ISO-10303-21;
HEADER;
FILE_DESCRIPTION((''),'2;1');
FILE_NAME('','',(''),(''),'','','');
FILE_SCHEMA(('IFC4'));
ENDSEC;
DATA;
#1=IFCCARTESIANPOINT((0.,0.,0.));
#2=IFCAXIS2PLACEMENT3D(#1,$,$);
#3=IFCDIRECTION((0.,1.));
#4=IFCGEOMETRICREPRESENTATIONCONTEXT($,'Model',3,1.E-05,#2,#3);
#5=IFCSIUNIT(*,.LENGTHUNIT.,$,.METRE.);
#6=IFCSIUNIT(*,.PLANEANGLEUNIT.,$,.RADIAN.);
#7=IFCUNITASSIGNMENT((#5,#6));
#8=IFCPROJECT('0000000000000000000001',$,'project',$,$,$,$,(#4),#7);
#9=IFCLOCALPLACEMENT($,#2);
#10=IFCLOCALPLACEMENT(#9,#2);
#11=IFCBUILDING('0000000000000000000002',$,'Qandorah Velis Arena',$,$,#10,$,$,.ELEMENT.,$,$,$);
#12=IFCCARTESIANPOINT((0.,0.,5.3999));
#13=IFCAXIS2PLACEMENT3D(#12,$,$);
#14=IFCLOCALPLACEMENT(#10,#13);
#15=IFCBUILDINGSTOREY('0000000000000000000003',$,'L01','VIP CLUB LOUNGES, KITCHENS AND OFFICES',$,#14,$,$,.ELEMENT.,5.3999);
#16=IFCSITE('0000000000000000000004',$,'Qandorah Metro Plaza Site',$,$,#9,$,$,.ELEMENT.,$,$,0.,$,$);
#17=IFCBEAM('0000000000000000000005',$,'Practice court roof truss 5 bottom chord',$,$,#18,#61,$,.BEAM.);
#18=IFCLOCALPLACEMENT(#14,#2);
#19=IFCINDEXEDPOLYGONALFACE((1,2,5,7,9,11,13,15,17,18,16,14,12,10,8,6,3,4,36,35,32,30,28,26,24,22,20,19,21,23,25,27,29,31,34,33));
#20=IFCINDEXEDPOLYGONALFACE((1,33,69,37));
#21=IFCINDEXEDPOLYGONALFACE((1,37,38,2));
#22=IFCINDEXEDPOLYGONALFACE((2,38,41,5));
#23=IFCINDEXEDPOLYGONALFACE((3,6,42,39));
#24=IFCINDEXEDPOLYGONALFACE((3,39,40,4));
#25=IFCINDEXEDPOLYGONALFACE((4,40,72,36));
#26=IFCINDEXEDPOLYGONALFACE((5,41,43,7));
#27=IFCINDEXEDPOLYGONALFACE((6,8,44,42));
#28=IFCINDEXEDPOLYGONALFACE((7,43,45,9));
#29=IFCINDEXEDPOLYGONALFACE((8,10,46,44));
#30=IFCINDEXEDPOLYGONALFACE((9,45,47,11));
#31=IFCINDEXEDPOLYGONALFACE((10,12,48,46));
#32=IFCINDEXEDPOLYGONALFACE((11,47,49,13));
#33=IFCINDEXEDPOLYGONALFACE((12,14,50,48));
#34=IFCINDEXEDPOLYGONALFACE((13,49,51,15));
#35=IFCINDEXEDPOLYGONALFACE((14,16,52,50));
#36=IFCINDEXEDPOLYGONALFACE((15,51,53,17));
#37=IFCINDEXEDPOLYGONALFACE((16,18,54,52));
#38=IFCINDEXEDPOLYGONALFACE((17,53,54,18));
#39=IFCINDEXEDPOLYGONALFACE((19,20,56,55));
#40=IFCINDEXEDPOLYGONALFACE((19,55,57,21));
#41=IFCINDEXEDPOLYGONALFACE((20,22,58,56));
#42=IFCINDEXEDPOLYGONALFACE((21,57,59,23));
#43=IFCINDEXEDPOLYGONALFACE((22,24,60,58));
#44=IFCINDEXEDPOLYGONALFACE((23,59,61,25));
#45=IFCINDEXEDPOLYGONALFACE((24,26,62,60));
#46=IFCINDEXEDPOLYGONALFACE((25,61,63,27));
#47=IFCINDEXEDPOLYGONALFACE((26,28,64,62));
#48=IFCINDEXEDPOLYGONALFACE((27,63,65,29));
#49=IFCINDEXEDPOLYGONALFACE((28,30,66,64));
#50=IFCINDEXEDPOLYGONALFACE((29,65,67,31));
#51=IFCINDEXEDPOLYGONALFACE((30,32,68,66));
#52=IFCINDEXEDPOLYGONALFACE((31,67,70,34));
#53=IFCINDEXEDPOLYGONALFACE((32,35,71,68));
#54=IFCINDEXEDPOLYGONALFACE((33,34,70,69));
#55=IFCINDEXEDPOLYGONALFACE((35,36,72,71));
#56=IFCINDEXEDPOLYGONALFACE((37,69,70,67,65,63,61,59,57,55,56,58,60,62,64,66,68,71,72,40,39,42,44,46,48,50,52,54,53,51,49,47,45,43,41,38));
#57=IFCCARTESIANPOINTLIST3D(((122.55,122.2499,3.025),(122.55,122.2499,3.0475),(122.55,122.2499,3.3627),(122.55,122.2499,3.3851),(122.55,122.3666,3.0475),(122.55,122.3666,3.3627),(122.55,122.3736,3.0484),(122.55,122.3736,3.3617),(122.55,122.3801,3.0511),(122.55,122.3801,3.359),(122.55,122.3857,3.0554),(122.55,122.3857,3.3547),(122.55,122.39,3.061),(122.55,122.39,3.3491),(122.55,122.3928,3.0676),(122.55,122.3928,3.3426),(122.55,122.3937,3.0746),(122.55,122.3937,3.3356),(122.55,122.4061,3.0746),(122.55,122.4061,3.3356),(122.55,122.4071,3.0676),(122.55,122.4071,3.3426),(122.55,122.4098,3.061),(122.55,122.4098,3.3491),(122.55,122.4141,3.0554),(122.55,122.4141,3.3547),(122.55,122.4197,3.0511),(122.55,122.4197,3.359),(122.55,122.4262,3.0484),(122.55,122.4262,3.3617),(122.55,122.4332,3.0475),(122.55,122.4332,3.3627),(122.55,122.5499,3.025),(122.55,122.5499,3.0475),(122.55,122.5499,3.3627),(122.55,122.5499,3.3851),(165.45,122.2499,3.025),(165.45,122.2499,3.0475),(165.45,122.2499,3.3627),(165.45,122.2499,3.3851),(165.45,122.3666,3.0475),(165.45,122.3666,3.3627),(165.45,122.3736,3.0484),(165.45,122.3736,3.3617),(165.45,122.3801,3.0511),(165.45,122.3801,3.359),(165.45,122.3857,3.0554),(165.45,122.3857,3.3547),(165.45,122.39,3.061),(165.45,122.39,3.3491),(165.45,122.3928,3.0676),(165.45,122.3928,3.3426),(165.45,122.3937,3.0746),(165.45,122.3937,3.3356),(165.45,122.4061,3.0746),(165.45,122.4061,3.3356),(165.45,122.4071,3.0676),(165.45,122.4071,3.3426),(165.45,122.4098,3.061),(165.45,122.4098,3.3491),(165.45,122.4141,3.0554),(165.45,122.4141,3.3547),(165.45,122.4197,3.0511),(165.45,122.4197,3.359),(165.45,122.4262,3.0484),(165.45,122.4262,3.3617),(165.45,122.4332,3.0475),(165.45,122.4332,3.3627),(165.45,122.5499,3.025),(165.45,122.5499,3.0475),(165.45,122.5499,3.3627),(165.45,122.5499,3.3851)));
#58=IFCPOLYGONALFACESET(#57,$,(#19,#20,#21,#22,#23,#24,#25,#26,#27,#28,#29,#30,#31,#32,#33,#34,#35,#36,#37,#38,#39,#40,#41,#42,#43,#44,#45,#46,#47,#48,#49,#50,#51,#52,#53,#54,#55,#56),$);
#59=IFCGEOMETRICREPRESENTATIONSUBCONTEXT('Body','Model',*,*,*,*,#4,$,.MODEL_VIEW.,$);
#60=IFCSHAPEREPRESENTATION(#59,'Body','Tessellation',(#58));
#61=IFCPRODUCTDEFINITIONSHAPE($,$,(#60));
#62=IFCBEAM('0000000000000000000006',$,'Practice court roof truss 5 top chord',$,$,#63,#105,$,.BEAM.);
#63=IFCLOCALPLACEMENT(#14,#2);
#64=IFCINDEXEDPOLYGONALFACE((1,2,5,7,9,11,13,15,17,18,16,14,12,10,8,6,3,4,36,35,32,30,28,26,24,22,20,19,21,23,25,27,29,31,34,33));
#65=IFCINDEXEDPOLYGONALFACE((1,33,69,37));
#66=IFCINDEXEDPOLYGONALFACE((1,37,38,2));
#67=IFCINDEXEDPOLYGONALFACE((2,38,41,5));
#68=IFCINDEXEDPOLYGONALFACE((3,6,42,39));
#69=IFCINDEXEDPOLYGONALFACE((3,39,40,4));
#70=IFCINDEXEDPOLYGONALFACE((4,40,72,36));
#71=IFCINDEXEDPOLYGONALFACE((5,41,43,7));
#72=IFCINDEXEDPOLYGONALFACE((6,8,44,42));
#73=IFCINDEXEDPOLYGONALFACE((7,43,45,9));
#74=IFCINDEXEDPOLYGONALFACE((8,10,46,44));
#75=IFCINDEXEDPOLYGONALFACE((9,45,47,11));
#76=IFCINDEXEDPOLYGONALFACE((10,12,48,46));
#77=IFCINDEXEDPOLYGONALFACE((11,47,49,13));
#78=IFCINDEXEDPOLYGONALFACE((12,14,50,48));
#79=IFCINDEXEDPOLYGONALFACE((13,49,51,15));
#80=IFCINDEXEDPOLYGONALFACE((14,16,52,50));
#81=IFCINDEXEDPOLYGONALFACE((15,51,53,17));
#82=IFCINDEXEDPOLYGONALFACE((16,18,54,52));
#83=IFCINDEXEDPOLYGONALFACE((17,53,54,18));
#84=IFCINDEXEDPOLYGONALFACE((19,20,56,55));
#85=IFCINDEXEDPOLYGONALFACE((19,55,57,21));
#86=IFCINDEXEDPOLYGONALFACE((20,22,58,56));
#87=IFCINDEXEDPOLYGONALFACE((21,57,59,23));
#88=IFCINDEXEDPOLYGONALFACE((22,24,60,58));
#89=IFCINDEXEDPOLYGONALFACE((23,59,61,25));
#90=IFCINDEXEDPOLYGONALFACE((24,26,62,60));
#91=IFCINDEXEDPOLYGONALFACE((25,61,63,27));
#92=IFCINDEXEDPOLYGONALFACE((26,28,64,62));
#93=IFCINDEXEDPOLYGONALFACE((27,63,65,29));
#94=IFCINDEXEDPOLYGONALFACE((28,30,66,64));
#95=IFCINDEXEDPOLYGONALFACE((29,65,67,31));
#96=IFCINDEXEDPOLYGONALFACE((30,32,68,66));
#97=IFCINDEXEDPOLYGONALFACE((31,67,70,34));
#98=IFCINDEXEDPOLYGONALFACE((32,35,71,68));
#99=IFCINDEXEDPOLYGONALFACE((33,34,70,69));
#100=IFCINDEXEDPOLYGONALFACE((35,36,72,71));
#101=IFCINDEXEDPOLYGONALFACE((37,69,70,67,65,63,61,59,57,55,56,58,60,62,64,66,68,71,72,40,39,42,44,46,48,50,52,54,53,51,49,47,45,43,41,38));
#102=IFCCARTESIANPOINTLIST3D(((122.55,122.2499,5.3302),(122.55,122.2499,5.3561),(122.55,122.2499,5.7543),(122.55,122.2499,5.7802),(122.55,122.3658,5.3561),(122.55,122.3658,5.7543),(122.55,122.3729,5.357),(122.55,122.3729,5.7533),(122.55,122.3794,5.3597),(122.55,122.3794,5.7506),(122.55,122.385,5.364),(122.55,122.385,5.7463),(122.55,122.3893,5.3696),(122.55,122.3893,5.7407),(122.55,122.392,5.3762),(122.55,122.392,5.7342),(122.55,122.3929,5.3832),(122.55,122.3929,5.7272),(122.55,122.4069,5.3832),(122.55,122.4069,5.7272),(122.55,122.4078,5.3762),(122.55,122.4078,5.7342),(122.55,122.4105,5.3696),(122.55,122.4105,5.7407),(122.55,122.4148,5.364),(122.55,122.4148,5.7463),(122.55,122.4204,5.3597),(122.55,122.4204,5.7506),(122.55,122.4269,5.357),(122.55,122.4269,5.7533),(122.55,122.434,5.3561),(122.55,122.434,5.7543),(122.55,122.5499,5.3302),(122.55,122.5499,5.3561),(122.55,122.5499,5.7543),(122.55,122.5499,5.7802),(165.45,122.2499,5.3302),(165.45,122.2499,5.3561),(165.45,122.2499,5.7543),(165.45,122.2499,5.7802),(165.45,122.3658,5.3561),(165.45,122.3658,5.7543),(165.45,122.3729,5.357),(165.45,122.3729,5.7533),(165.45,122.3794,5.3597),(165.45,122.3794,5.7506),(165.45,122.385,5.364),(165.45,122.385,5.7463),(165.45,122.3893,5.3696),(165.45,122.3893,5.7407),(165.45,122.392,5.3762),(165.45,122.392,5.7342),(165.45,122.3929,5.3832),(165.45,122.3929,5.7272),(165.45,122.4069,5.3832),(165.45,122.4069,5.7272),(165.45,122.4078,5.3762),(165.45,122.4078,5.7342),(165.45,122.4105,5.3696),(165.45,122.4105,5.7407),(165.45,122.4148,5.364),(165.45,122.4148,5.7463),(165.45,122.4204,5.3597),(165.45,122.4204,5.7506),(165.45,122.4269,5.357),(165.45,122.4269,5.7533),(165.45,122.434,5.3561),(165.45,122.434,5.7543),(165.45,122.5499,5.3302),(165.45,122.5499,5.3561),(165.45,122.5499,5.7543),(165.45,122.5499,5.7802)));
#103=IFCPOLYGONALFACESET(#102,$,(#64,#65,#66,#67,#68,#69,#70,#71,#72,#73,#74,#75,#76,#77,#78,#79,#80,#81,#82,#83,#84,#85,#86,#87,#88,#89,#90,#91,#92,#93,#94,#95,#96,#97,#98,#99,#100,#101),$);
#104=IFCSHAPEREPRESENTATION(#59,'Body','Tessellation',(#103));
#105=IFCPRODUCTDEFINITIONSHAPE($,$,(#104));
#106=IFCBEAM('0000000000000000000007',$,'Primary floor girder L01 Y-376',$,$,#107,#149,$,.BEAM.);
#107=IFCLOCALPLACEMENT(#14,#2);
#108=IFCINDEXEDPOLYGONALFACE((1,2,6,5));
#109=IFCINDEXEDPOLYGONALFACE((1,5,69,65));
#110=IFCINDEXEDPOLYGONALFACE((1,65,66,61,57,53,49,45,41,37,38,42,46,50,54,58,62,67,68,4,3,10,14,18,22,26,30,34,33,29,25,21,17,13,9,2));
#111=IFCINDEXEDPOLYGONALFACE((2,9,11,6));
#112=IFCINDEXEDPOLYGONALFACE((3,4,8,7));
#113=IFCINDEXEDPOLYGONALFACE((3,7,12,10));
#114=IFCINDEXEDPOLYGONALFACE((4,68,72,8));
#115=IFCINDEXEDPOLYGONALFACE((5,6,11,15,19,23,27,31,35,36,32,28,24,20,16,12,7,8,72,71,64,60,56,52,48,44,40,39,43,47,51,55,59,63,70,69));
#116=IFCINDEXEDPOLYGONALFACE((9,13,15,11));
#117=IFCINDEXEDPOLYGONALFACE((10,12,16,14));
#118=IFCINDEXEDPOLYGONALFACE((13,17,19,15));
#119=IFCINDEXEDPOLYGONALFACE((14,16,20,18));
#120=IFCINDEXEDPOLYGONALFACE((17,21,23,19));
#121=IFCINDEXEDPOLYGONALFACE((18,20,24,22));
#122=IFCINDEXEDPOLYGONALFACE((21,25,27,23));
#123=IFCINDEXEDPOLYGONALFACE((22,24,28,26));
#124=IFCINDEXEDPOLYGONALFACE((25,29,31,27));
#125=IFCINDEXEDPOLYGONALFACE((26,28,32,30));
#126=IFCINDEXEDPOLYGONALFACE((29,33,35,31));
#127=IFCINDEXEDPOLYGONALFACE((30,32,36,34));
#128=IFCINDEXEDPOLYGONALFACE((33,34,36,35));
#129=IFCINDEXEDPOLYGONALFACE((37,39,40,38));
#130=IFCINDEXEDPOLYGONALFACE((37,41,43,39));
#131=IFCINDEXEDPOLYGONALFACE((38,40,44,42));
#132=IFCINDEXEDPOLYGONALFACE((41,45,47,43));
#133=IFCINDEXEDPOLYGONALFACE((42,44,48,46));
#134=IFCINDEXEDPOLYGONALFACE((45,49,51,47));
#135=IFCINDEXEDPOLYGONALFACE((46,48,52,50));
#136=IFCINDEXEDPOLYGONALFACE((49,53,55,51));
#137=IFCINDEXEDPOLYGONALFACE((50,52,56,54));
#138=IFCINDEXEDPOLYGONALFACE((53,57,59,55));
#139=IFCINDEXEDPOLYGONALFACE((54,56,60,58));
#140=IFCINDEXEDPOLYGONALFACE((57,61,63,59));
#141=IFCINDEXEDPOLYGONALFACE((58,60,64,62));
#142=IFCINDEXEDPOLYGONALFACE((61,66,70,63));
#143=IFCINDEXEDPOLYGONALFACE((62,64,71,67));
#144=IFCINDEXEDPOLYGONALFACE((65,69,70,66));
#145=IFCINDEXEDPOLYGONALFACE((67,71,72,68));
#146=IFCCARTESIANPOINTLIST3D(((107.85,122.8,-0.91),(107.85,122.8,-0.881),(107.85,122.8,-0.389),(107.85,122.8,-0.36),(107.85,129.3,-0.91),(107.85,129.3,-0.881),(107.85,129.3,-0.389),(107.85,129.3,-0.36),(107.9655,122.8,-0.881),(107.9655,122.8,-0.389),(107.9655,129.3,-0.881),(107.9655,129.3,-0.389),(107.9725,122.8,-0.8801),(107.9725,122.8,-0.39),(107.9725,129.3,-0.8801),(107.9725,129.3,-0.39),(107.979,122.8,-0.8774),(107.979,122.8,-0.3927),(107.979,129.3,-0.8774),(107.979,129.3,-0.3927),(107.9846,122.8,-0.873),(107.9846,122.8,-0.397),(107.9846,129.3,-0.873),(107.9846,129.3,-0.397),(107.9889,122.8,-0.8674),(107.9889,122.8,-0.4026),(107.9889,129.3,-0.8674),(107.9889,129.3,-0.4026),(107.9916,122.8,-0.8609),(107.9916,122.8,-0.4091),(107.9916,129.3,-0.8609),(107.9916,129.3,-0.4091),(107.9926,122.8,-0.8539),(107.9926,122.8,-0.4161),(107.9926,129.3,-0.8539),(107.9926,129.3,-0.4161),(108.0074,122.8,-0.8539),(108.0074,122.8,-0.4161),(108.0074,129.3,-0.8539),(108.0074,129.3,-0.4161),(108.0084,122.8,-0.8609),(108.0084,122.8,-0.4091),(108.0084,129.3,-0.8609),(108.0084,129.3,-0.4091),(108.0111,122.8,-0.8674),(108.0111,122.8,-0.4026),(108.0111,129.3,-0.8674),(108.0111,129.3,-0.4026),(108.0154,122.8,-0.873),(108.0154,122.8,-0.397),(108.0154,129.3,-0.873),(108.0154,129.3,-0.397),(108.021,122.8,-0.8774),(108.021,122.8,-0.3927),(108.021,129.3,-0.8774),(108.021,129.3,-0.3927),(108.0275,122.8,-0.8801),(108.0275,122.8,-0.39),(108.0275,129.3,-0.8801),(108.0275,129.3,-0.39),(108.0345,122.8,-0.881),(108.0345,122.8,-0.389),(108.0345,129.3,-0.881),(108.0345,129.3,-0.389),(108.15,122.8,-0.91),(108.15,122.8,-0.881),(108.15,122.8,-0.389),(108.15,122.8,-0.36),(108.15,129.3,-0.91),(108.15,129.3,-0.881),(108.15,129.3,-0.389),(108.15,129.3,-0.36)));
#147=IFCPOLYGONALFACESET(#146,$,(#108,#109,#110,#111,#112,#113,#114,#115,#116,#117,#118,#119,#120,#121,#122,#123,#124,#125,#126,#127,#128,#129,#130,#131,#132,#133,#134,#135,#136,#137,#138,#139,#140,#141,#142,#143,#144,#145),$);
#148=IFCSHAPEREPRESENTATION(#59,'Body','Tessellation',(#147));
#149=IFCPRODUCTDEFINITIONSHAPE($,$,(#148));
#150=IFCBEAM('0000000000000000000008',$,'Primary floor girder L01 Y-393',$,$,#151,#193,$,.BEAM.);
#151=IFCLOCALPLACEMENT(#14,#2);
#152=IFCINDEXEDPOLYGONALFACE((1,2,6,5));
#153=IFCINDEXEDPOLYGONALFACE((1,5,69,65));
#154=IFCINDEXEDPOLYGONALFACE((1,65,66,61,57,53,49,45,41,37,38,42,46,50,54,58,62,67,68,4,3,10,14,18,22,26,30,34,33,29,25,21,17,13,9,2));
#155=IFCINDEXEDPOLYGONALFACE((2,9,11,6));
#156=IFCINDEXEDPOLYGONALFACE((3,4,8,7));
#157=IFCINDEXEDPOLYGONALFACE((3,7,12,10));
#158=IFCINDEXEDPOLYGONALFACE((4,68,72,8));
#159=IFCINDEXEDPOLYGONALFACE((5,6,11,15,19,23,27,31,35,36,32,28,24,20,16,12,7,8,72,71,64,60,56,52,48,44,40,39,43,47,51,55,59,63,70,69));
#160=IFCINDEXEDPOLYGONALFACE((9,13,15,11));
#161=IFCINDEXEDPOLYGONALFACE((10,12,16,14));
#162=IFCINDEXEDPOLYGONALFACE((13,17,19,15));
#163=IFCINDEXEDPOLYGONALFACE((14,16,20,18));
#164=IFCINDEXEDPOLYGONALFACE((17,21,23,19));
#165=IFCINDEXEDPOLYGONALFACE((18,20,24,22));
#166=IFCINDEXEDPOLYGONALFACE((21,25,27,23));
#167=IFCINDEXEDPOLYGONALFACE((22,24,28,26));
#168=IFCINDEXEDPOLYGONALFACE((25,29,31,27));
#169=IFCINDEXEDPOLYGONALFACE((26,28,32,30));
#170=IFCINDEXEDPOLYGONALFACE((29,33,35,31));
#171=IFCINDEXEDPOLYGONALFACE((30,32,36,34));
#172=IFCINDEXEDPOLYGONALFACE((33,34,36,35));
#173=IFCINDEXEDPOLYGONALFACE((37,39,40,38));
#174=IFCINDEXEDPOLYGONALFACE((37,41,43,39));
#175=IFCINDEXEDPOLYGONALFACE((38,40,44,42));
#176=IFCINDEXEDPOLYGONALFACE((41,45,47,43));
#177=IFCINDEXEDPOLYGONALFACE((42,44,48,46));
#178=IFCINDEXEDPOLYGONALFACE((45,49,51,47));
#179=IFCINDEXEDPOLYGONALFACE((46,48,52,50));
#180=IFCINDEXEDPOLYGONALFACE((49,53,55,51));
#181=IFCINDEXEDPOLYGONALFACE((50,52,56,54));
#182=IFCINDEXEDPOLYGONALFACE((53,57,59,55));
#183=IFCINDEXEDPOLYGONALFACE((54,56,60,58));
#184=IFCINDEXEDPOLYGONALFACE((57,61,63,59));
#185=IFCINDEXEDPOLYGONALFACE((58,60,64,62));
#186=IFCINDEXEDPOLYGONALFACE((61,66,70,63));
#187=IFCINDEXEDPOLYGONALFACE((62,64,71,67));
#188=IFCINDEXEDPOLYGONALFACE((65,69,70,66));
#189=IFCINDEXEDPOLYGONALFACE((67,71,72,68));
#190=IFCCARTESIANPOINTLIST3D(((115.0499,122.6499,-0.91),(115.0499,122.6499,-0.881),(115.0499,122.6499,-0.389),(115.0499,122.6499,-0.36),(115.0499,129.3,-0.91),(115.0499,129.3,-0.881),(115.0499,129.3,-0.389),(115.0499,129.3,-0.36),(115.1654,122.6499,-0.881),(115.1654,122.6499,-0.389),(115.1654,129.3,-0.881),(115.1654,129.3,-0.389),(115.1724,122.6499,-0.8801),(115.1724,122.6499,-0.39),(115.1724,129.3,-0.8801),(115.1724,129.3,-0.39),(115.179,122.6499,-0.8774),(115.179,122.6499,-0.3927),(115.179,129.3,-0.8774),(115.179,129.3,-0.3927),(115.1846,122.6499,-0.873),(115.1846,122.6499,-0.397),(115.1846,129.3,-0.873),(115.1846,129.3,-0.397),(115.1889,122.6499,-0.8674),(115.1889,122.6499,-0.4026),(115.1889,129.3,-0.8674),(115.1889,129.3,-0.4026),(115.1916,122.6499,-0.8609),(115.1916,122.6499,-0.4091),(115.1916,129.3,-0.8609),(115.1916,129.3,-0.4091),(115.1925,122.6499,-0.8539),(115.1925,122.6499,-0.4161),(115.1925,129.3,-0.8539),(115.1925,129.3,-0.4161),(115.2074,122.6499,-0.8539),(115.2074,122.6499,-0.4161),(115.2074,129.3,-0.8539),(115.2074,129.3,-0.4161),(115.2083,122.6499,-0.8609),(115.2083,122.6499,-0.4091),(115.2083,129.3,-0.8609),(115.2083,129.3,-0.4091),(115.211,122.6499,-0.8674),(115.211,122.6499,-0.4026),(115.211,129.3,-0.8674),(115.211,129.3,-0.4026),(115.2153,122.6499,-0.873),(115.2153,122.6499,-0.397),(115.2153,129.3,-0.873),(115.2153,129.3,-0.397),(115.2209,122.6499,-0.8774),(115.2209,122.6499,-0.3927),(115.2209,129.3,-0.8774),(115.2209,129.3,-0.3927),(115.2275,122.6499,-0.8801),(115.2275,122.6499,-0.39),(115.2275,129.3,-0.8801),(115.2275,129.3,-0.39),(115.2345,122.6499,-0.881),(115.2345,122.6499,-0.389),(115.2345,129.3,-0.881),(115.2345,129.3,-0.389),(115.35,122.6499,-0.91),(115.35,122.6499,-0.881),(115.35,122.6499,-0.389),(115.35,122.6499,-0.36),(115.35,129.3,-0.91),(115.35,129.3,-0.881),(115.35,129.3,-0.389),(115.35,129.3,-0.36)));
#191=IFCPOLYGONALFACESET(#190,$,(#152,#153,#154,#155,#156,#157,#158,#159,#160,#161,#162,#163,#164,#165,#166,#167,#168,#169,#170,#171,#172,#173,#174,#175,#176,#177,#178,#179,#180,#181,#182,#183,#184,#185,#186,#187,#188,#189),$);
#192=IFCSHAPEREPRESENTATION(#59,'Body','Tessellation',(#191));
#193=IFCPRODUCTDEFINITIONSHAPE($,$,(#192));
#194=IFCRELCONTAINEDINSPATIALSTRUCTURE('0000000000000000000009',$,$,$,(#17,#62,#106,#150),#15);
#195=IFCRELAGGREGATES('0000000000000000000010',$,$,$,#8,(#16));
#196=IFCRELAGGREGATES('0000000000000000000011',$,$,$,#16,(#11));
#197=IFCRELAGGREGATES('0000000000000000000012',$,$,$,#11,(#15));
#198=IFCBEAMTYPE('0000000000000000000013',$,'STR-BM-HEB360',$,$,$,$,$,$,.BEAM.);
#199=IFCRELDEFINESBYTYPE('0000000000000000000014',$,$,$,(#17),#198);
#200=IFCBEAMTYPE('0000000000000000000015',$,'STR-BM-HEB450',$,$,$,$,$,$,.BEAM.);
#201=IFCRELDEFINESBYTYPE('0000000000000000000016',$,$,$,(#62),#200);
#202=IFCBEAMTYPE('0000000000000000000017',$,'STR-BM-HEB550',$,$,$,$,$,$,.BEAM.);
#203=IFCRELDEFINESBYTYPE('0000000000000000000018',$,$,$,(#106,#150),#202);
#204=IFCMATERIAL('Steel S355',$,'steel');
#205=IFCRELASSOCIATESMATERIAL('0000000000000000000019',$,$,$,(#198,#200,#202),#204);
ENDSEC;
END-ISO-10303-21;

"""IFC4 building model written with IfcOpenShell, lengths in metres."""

from ifc_helpers import new_model, si_unit, direction, frame, origin, origin_2d, place, context, subcontext, project, spatial, i_section, extrude, material, material_profile, profile_set, type_object, element, save


model = new_model("IFC4")

# Units and contexts
model_context = context("Model", 3, precision=1e-05, world=origin(), true_north=direction((0.0, 1.0)))
body_context = subcontext(model_context, "Body", "Model", "MODEL_VIEW")
ifc_project = project(units=[si_unit("LENGTHUNIT", "METRE"), si_unit("PLANEANGLEUNIT", "RADIAN")], contexts=[model_context])

# Site, building, storey
site_placement = place(None, origin())
site = spatial("IfcSite", under=ifc_project, at=site_placement, Name="Qandorah Metro Plaza Site", CompositionType="ELEMENT", RefElevation=0.0)
building_placement = place(site_placement, origin())
building = spatial("IfcBuilding", under=site, at=building_placement, Name="Qandorah Velis Arena", CompositionType="ELEMENT")
storey_placement = place(building_placement, frame((0.0, 0.0, 5.3999)))
storey = spatial("IfcBuildingStorey", under=building, at=storey_placement, Name="L01", Description="VIP CLUB LOUNGES, KITCHENS AND OFFICES", CompositionType="ELEMENT", Elevation=5.3999)

# Beams
ifc_material_1 = material(Name="Steel S355", Category="steel")
ifc_material_profile_1 = material_profile(ifc_material_1, i_section(OverallWidth=0.3, OverallDepth=0.3601, WebThickness=0.0125, FlangeThickness=0.0225, FilletRadius=0.0271, at=origin_2d()), Name="HEB 360")
ifc_profile_set_1 = profile_set([ifc_material_profile_1], Name="Steel S355")
beam_type_1 = type_object("IfcBeamType", Name="STR-BM-HEB360", PredefinedType="BEAM", material=ifc_profile_set_1)
beam_1_placement = place(storey_placement, frame((122.55, 122.3999, 3.2051), z_axis=(1.0, 0.0, 0.0), x_axis=(0.0, 1.0, 0.0)))
element("IfcBeam", 1, at=beam_1_placement, inside=storey, type_object=beam_type_1, Name="Practice court roof truss 5 bottom chord", PredefinedType="BEAM", context=body_context, shape_type="SweptSolid", body=[
    extrude(i_section(OverallWidth=0.3, OverallDepth=0.3601, WebThickness=0.0125, FlangeThickness=0.0225, FilletRadius=0.0271, at=origin_2d()), origin(), (0.0, 0.0, 1.0), 42.8999),
])
ifc_material_profile_2 = material_profile(ifc_material_1, i_section(OverallWidth=0.3, OverallDepth=0.45, WebThickness=0.0139, FlangeThickness=0.0259, FilletRadius=0.0271, at=origin_2d()), Name="HEB 450")
ifc_profile_set_2 = profile_set([ifc_material_profile_2], Name="Steel S355")
beam_type_2 = type_object("IfcBeamType", Name="STR-BM-HEB450", PredefinedType="BEAM", material=ifc_profile_set_2)
beam_2_placement = place(storey_placement, frame((122.55, 122.3999, 5.5552), z_axis=(1.0, 0.0, 0.0), x_axis=(0.0, 1.0, 0.0)))
element("IfcBeam", 2, at=beam_2_placement, inside=storey, type_object=beam_type_2, Name="Practice court roof truss 5 top chord", PredefinedType="BEAM", context=body_context, shape_type="SweptSolid", body=[
    extrude(i_section(OverallWidth=0.3, OverallDepth=0.45, WebThickness=0.0139, FlangeThickness=0.0259, FilletRadius=0.0271, at=origin_2d()), origin(), (0.0, 0.0, 1.0), 42.8999),
])
ifc_material_profile_3 = material_profile(ifc_material_1, i_section(OverallWidth=0.3, OverallDepth=0.55, WebThickness=0.0149, FlangeThickness=0.0291, FilletRadius=0.0271, at=origin_2d()), Name="HEB 550")
ifc_profile_set_3 = profile_set([ifc_material_profile_3], Name="Steel S355")
beam_type_3 = type_object("IfcBeamType", Name="STR-BM-HEB550", PredefinedType="BEAM", material=ifc_profile_set_3)
beam_3_placement = place(storey_placement, frame((108.0, 122.8, -0.635), z_axis=(0.0, 1.0, 0.0), x_axis=(-1.0, 0.0, 0.0)))
element("IfcBeam", 3, at=beam_3_placement, inside=storey, type_object=beam_type_3, Name="Primary floor girder L01 Y-376", PredefinedType="BEAM", context=body_context, shape_type="SweptSolid", body=[
    extrude(i_section(OverallWidth=0.3, OverallDepth=0.55, WebThickness=0.0149, FlangeThickness=0.0291, FilletRadius=0.0271, at=origin_2d()), origin(), (0.0, 0.0, 1.0), 6.5),
])
beam_4_placement = place(storey_placement, frame((115.2, 122.6499, -0.635), z_axis=(0.0, 1.0, 0.0), x_axis=(-1.0, 0.0, 0.0)))
element("IfcBeam", 4, at=beam_4_placement, inside=storey, type_object=beam_type_3, Name="Primary floor girder L01 Y-393", PredefinedType="BEAM", context=body_context, shape_type="SweptSolid", body=[
    extrude(i_section(OverallWidth=0.3, OverallDepth=0.55, WebThickness=0.0149, FlangeThickness=0.0291, FilletRadius=0.0271, at=origin_2d()), origin(), (0.0, 0.0, 1.0), 6.6501),
])

save(model, "model.ifc")
